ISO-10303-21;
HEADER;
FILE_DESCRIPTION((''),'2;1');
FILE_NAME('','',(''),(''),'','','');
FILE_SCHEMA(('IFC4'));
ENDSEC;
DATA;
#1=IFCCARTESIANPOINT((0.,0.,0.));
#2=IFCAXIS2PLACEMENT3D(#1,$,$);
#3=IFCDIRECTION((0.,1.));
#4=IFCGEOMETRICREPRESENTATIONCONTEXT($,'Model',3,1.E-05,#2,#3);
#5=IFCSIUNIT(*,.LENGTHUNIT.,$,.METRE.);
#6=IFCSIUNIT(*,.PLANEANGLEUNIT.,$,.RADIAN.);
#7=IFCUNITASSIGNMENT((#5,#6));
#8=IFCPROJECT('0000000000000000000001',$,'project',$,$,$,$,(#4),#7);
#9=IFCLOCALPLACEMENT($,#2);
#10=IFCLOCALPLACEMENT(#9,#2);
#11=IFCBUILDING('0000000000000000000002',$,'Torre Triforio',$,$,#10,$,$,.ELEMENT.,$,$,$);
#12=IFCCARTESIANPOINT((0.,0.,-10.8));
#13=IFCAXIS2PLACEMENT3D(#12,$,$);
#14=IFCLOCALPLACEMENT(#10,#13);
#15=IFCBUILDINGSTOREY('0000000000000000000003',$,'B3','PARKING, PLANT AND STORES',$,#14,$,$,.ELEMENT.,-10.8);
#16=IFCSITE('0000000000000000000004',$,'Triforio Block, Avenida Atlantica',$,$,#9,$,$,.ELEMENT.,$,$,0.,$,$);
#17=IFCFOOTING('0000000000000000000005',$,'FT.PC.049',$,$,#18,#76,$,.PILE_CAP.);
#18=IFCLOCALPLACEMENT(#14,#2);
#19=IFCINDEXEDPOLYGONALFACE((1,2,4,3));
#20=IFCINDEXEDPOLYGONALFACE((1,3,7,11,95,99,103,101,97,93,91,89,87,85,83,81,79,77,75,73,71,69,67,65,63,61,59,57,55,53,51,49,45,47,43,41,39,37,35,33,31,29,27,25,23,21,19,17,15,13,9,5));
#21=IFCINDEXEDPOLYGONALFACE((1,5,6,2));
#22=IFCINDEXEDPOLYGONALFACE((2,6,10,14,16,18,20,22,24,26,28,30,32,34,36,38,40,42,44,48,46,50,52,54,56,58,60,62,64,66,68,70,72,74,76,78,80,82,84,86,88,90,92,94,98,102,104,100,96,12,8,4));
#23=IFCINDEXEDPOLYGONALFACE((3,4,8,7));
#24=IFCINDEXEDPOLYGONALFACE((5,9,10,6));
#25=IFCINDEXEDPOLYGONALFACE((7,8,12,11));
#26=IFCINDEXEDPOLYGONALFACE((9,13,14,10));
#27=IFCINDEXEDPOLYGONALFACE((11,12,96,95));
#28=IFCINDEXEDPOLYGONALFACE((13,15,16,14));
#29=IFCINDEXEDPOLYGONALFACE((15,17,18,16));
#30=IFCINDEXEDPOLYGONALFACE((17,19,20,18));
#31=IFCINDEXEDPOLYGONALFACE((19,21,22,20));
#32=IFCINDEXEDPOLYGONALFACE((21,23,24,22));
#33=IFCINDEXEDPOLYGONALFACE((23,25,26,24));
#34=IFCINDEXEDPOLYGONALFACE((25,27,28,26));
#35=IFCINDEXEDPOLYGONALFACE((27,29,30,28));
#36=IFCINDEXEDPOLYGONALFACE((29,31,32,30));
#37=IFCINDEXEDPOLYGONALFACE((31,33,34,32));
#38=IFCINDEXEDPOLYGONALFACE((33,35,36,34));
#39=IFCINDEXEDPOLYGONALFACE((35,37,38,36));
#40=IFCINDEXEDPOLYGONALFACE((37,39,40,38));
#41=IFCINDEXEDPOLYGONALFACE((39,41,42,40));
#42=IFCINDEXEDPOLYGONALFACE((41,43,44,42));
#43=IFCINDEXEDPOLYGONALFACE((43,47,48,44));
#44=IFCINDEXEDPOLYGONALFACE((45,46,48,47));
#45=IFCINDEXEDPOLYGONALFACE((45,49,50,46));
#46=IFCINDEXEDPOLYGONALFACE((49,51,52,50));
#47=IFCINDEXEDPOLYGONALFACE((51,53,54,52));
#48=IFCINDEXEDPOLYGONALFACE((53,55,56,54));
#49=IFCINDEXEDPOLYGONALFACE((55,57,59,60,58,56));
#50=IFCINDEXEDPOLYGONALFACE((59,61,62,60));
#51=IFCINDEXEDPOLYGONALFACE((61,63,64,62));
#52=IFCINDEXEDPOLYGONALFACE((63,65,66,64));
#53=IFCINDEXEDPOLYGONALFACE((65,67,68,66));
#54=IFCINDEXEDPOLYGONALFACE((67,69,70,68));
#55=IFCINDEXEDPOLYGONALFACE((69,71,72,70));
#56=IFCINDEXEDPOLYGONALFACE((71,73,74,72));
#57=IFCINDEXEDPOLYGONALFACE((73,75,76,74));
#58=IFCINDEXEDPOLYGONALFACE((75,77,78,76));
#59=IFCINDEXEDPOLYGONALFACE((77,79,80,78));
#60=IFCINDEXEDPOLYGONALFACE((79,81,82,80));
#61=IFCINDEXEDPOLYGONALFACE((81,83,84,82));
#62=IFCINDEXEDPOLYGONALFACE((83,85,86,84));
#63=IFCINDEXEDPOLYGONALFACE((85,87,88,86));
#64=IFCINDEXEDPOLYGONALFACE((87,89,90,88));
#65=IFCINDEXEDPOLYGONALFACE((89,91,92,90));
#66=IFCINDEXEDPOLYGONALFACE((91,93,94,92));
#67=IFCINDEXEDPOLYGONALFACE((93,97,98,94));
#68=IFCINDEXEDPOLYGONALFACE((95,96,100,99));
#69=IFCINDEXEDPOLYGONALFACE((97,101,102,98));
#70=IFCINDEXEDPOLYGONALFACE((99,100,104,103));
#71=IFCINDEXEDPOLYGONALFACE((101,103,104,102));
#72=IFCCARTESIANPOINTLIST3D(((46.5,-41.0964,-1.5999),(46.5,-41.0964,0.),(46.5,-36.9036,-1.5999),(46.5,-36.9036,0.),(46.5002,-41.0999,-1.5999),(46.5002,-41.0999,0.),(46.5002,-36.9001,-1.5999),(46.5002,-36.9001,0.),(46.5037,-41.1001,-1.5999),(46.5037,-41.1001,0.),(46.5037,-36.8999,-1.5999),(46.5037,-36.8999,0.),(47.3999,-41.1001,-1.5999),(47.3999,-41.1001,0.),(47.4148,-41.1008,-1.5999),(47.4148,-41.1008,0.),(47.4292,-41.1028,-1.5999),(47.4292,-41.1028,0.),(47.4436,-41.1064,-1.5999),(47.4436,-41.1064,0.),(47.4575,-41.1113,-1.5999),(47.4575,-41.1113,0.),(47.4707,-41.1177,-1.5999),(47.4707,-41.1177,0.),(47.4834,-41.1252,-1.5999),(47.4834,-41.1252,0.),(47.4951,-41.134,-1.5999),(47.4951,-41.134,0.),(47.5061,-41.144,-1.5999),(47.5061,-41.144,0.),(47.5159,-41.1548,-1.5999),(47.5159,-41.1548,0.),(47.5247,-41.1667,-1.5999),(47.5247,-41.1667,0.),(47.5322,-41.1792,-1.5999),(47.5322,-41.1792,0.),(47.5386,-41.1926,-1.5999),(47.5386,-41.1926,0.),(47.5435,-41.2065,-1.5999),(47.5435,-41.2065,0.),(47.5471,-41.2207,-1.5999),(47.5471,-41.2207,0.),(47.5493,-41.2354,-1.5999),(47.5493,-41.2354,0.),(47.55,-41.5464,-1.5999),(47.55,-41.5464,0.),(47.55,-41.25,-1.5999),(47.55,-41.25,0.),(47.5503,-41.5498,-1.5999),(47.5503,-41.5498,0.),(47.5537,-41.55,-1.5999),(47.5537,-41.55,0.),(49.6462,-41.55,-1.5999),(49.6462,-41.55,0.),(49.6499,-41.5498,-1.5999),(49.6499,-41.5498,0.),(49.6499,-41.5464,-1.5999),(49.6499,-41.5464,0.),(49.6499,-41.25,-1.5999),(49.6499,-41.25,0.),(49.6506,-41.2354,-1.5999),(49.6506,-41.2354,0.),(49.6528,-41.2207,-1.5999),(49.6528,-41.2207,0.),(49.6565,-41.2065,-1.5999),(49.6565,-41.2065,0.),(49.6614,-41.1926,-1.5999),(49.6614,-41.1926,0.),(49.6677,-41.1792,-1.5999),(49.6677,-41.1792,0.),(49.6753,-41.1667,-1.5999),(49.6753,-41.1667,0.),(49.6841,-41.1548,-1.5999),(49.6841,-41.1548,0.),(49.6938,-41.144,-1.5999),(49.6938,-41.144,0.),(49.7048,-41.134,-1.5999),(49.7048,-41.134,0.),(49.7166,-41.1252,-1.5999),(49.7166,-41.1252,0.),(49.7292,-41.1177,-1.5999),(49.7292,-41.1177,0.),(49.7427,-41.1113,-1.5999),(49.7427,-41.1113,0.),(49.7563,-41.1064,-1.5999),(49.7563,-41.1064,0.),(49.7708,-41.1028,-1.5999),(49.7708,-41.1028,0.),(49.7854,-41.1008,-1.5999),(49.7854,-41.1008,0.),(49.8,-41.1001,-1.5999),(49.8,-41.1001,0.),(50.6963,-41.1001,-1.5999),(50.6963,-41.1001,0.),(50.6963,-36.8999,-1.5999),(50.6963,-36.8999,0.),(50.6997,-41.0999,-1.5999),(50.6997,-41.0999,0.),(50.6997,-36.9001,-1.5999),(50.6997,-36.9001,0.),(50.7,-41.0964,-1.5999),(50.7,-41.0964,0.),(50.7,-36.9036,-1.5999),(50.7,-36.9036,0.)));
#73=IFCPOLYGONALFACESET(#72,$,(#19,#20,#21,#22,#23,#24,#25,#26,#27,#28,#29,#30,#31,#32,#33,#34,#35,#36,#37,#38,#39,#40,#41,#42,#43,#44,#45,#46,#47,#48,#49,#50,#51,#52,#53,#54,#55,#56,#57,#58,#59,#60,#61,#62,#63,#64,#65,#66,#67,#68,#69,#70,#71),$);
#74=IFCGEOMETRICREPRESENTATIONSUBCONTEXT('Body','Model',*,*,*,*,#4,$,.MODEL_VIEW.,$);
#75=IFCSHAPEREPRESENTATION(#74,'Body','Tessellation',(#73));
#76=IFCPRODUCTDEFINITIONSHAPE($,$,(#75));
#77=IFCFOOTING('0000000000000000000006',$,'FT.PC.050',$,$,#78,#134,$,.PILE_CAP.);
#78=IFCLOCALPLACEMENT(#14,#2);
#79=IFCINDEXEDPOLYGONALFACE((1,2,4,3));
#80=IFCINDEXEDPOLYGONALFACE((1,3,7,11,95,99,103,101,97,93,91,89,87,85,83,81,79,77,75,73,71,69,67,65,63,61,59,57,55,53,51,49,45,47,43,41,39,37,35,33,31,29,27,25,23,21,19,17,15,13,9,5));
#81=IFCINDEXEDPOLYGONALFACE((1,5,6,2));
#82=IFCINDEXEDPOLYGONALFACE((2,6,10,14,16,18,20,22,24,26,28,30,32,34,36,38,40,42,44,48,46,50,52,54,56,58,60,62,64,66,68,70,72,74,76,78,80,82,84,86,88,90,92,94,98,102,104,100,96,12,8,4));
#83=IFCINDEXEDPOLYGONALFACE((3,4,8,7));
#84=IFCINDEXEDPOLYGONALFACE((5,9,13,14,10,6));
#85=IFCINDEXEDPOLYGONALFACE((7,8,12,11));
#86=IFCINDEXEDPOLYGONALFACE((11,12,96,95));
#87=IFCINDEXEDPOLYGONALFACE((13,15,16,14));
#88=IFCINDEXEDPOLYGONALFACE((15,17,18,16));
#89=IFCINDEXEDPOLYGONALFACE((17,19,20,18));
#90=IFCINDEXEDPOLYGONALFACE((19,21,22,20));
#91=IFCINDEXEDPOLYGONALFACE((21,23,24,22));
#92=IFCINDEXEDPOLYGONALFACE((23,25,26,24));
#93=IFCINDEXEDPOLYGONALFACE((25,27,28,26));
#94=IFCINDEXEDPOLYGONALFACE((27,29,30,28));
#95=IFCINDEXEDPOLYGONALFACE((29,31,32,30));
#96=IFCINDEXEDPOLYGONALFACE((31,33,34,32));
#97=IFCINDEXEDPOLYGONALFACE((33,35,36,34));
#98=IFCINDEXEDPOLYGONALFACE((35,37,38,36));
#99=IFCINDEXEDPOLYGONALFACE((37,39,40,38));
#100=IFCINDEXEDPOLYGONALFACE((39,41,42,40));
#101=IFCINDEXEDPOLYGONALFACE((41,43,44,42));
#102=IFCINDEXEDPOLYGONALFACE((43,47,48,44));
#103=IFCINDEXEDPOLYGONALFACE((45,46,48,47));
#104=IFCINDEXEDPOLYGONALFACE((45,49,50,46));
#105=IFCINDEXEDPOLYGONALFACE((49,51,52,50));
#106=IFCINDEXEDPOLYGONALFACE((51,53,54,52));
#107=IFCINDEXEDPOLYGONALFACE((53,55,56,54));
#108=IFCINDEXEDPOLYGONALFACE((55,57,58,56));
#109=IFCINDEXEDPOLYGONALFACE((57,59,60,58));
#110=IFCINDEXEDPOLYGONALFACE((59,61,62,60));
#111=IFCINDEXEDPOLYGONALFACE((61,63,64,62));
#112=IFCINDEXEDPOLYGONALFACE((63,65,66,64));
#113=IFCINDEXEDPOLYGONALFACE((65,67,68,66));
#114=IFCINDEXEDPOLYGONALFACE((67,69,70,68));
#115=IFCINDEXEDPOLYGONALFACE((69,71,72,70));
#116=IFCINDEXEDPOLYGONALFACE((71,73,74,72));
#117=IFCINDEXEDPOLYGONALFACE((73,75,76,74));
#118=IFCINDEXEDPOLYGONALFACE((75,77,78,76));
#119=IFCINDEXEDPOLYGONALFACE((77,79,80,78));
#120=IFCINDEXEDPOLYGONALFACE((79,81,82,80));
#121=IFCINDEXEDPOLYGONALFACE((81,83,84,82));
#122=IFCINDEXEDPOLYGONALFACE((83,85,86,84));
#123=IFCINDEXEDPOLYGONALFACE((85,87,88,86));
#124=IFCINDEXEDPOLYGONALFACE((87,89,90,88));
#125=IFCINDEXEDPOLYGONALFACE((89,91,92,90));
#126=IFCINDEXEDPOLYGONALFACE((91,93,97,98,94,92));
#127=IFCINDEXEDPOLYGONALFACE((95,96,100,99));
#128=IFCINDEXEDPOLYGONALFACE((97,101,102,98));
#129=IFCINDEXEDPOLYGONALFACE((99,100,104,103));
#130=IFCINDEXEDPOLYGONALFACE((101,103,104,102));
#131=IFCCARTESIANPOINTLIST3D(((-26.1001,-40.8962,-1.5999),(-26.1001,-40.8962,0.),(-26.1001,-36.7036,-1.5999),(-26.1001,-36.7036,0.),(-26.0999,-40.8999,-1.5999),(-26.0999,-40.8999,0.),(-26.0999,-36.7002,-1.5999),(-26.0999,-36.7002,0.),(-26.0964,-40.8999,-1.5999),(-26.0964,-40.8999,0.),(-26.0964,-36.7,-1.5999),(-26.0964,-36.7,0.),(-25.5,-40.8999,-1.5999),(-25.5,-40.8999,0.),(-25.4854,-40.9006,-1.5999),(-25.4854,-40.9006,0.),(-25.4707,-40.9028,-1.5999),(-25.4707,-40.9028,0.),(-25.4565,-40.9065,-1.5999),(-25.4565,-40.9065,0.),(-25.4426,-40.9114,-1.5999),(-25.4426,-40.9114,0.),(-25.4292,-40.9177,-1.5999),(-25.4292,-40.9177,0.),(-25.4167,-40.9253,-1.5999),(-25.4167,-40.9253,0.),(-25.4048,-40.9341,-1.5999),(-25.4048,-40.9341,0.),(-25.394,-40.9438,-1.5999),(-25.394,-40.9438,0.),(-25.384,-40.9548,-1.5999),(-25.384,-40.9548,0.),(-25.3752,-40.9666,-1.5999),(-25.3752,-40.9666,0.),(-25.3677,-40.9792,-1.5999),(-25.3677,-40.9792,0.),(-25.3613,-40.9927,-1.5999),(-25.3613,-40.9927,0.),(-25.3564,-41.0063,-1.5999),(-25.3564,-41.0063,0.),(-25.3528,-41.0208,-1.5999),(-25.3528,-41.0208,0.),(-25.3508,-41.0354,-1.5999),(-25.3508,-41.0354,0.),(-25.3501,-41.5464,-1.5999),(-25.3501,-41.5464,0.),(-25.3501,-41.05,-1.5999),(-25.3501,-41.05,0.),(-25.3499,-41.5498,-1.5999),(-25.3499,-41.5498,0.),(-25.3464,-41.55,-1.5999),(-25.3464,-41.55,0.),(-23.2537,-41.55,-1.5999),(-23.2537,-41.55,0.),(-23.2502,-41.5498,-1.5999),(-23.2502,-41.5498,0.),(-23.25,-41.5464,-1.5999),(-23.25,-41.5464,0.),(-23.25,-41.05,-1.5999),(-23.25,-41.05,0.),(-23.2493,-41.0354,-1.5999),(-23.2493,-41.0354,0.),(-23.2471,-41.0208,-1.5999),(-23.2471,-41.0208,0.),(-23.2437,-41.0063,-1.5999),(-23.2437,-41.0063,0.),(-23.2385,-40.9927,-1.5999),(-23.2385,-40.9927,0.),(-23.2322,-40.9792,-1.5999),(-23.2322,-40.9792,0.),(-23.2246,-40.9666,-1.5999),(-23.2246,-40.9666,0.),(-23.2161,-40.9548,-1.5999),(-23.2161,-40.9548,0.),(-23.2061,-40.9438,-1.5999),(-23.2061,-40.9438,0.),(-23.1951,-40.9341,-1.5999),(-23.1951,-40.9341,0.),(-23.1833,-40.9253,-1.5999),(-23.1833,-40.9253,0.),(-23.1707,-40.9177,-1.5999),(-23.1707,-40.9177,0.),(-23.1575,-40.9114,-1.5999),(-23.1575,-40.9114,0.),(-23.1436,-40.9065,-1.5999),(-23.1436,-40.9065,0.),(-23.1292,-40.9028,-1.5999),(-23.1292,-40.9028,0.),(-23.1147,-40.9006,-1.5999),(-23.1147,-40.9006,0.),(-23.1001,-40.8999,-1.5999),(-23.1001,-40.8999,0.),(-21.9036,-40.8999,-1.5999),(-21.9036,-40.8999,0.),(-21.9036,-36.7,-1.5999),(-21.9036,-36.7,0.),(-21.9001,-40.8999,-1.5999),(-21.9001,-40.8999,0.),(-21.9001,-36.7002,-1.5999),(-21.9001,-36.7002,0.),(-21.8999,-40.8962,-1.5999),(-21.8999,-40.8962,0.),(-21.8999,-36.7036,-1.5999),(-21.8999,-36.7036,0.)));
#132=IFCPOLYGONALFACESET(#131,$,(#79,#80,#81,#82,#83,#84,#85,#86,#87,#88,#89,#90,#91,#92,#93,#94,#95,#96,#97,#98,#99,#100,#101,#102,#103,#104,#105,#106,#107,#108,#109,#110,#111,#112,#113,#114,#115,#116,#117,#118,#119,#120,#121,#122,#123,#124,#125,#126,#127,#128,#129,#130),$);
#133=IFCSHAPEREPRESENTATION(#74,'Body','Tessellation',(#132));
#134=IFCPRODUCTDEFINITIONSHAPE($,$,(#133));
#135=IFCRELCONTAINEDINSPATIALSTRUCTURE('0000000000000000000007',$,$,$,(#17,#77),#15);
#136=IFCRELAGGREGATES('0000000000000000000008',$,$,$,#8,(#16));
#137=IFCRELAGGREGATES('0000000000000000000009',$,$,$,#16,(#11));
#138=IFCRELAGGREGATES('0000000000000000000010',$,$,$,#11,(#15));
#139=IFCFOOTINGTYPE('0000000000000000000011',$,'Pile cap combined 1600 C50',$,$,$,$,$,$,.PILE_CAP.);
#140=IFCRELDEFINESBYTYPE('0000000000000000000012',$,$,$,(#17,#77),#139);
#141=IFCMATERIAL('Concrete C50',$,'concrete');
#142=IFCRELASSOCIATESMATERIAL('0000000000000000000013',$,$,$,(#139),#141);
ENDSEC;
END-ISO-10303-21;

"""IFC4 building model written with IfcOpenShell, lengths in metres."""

from ifc_helpers import new_model, si_unit, direction, frame, origin, place, context, subcontext, project, spatial, polyline, outline, extrude, material, type_object, element, save


model = new_model("IFC4")

# Units and contexts
model_context = context("Model", 3, precision=1e-05, world=origin(), true_north=direction((0.0, 1.0)))
body_context = subcontext(model_context, "Body", "Model", "MODEL_VIEW")
ifc_project = project(units=[si_unit("LENGTHUNIT", "METRE"), si_unit("PLANEANGLEUNIT", "RADIAN")], contexts=[model_context])

# Site, building, storey
site_placement = place(None, origin())
site = spatial("IfcSite", under=ifc_project, at=site_placement, Name="Triforio Block, Avenida Atlantica", CompositionType="ELEMENT", RefElevation=0.0)
building_placement = place(site_placement, origin())
building = spatial("IfcBuilding", under=site, at=building_placement, Name="Torre Triforio", CompositionType="ELEMENT")
storey_placement = place(building_placement, frame((0.0, 0.0, -10.8)))
storey = spatial("IfcBuildingStorey", under=building, at=storey_placement, Name="B3", Description="PARKING, PLANT AND STORES", CompositionType="ELEMENT", Elevation=-10.8)

# Footings
ifc_material_1 = material(Name="Concrete C50", Category="concrete")
footing_type_1 = type_object("IfcFootingType", Name="Pile cap combined 1600 C50", PredefinedType="PILE_CAP", material=ifc_material_1)
footing_1_placement = place(storey_placement, frame((0.0, 0.0, -1.5999)))
element("IfcFooting", 1, at=footing_1_placement, inside=storey, type_object=footing_type_1, Name="FT.PC.049", PredefinedType="PILE_CAP", context=body_context, shape_type="SweptSolid", body=[
    extrude(outline(polyline([(46.5002, -41.0999), (46.5037, -41.1001), (47.3999, -41.1001), (47.4148, -41.1008), (47.4292, -41.1028), (47.4436, -41.1064), (47.4575, -41.1113), (47.4707, -41.1177), (47.4834, -41.1252), (47.4951, -41.134), (47.5061, -41.144), (47.5159, -41.1548), (47.5247, -41.1667), (47.5322, -41.1792), (47.5386, -41.1926), (47.5435, -41.2065), (47.5471, -41.2207), (47.5493, -41.2354), (47.55, -41.25), (47.55, -41.5464), (47.5503, -41.5498), (47.5537, -41.55), (49.6462, -41.55), (49.6499, -41.5498), (49.6499, -41.5464), (49.6499, -41.25), (49.6506, -41.2354), (49.6528, -41.2207), (49.6565, -41.2065), (49.6614, -41.1926), (49.6677, -41.1792), (49.6753, -41.1667), (49.6841, -41.1548), (49.6938, -41.144), (49.7048, -41.134), (49.7166, -41.1252), (49.7292, -41.1177), (49.7427, -41.1113), (49.7563, -41.1064), (49.7708, -41.1028), (49.7854, -41.1008), (49.8, -41.1001), (50.6963, -41.1001), (50.6997, -41.0999), (50.7, -41.0964), (50.7, -36.9036), (50.6997, -36.9001), (50.6963, -36.8999), (46.5037, -36.8999), (46.5002, -36.9001), (46.5, -36.9036), (46.5, -41.0964), (46.5002, -41.0999)])), origin(), (0.0, 0.0, 1.0), 1.5999),
])
footing_2_placement = place(storey_placement, frame((0.0, 0.0, -1.5999)))
element("IfcFooting", 2, at=footing_2_placement, inside=storey, type_object=footing_type_1, Name="FT.PC.050", PredefinedType="PILE_CAP", context=body_context, shape_type="SweptSolid", body=[
    extrude(outline(polyline([(-26.0999, -40.8999), (-26.0964, -40.8999), (-25.5, -40.8999), (-25.4854, -40.9006), (-25.4707, -40.9028), (-25.4565, -40.9065), (-25.4426, -40.9114), (-25.4292, -40.9177), (-25.4167, -40.9253), (-25.4048, -40.9341), (-25.394, -40.9438), (-25.384, -40.9548), (-25.3752, -40.9666), (-25.3677, -40.9792), (-25.3613, -40.9927), (-25.3564, -41.0063), (-25.3528, -41.0208), (-25.3508, -41.0354), (-25.3501, -41.05), (-25.3501, -41.5464), (-25.3499, -41.5498), (-25.3464, -41.55), (-23.2537, -41.55), (-23.2502, -41.5498), (-23.25, -41.5464), (-23.25, -41.05), (-23.2493, -41.0354), (-23.2471, -41.0208), (-23.2437, -41.0063), (-23.2385, -40.9927), (-23.2322, -40.9792), (-23.2246, -40.9666), (-23.2161, -40.9548), (-23.2061, -40.9438), (-23.1951, -40.9341), (-23.1833, -40.9253), (-23.1707, -40.9177), (-23.1575, -40.9114), (-23.1436, -40.9065), (-23.1292, -40.9028), (-23.1147, -40.9006), (-23.1001, -40.8999), (-21.9036, -40.8999), (-21.9001, -40.8999), (-21.8999, -40.8962), (-21.8999, -36.7036), (-21.9001, -36.7002), (-21.9036, -36.7), (-26.0964, -36.7), (-26.0999, -36.7002), (-26.1001, -36.7036), (-26.1001, -40.8962), (-26.0999, -40.8999)])), origin(), (0.0, 0.0, 1.0), 1.5999),
])

save(model, "model.ifc")
